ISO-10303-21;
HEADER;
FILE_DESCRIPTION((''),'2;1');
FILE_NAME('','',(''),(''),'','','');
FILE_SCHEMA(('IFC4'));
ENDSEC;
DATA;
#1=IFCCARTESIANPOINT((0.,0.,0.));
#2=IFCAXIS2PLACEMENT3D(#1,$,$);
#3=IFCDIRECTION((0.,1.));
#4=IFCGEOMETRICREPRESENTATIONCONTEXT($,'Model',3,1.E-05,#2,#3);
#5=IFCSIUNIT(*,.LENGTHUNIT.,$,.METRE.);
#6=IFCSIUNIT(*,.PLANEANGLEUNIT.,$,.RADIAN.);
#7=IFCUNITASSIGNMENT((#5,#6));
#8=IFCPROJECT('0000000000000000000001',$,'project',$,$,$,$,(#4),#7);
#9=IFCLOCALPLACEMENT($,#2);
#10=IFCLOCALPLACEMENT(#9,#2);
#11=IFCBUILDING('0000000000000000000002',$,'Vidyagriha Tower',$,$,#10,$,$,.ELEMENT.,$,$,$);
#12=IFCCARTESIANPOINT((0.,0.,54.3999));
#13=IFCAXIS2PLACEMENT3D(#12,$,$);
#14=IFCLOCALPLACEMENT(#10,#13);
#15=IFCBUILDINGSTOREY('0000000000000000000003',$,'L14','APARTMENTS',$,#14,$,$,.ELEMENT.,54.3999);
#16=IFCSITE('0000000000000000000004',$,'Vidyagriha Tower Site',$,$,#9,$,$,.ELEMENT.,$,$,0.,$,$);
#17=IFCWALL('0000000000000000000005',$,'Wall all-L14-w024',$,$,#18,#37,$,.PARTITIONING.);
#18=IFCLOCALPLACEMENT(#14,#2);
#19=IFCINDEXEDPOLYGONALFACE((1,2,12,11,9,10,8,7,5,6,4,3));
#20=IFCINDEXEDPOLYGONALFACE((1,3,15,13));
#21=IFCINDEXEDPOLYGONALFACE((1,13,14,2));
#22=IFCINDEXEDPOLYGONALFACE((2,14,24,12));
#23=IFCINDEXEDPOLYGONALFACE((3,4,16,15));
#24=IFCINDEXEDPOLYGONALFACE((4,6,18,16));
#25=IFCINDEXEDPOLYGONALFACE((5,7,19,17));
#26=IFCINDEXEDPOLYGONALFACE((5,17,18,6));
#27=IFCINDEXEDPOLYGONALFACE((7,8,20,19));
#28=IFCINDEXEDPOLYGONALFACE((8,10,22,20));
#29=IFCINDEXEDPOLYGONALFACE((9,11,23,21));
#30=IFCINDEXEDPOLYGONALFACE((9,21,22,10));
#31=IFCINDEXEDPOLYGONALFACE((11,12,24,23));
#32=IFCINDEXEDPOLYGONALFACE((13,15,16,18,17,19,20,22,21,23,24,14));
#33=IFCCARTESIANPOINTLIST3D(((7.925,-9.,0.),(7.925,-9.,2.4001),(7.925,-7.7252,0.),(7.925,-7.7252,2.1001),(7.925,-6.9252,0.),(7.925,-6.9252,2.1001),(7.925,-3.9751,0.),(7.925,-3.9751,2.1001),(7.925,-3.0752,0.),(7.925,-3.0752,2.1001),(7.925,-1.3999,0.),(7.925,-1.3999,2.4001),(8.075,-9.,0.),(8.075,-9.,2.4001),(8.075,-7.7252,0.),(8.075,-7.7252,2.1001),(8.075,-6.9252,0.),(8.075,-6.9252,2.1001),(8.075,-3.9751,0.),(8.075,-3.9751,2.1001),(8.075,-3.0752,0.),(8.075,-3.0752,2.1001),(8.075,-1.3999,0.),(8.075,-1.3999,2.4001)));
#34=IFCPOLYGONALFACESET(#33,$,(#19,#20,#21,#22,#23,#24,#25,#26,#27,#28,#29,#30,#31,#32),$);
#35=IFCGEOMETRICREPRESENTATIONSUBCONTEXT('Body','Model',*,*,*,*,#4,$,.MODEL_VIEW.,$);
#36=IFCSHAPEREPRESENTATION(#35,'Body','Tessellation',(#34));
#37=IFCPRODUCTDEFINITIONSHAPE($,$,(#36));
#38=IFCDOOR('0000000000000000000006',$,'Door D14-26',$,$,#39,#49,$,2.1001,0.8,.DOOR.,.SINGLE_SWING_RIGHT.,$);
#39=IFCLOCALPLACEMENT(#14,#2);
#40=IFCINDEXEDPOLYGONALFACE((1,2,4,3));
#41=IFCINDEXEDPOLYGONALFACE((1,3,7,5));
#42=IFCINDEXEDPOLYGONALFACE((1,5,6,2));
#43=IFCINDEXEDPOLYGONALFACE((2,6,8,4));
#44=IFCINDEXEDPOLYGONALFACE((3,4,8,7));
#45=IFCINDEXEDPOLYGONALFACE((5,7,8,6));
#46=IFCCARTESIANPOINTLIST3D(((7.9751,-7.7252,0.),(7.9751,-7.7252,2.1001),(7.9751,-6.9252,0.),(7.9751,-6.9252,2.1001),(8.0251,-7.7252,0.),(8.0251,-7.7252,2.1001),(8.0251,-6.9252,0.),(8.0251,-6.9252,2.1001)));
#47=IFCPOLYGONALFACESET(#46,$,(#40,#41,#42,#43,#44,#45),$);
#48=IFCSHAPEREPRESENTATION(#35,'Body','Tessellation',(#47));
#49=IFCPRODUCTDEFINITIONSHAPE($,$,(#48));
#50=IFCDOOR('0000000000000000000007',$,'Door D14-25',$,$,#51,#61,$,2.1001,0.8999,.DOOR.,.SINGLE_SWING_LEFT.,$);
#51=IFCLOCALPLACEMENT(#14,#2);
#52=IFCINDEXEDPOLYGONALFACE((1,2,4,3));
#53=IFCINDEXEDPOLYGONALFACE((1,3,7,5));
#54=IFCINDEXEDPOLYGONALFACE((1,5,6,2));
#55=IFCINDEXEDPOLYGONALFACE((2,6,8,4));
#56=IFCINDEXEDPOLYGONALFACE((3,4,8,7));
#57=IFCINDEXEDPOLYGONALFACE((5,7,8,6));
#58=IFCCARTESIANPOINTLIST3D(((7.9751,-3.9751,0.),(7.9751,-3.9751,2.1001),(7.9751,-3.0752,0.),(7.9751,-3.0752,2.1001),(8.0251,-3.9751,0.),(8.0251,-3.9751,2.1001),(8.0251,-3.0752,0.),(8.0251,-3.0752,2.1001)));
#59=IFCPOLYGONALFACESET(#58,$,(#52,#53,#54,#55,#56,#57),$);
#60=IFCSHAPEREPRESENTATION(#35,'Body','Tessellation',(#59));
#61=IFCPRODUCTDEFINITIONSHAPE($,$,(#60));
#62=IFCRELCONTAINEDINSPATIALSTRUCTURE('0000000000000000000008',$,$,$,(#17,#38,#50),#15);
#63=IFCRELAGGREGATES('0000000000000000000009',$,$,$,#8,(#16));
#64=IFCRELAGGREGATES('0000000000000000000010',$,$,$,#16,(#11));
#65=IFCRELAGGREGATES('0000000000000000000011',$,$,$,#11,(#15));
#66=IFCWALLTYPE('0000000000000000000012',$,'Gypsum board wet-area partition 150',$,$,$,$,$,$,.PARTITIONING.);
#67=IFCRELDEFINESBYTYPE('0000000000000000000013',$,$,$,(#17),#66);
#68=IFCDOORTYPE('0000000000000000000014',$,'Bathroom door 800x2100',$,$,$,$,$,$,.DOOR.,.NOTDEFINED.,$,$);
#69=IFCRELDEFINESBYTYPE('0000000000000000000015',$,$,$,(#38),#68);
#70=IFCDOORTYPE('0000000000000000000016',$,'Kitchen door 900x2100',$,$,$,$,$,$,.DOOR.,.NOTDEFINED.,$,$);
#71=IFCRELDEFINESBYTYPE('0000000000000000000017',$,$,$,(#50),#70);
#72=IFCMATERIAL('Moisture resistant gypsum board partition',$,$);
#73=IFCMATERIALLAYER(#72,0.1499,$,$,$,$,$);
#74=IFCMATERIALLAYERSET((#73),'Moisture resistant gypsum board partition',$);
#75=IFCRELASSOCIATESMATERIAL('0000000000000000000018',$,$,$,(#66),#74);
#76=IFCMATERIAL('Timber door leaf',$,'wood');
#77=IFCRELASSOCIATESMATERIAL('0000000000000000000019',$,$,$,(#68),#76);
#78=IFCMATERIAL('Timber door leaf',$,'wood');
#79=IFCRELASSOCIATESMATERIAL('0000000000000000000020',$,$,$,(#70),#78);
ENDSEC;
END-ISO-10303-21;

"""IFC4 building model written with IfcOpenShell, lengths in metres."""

from ifc_helpers import new_model, si_unit, direction, frame, frame_2d, origin, place, context, subcontext, project, spatial, rectangle, extrude, material, layer, layer_set, type_object, element, fill, save


model = new_model("IFC4")

# Units and contexts
model_context = context("Model", 3, precision=1e-05, world=origin(), true_north=direction((0.0, 1.0)))
body_context = subcontext(model_context, "Body", "Model", "MODEL_VIEW")
ifc_project = project(units=[si_unit("LENGTHUNIT", "METRE"), si_unit("PLANEANGLEUNIT", "RADIAN")], contexts=[model_context])

# Site, building, storey
site_placement = place(None, origin())
site = spatial("IfcSite", under=ifc_project, at=site_placement, Name="Vidyagriha Tower Site", CompositionType="ELEMENT", RefElevation=0.0)
building_placement = place(site_placement, origin())
building = spatial("IfcBuilding", under=site, at=building_placement, Name="Vidyagriha Tower", CompositionType="ELEMENT")
storey_placement = place(building_placement, frame((0.0, 0.0, 54.3999)))
storey = spatial("IfcBuildingStorey", under=building, at=storey_placement, Name="L14", Description="APARTMENTS", CompositionType="ELEMENT", Elevation=54.3999)

# Wall, openings, doors
ifc_material_1 = material(Name="Moisture resistant gypsum board partition")
ifc_layer_1 = layer(ifc_material_1, 0.1499)
ifc_layer_set_1 = layer_set([ifc_layer_1], Name="Moisture resistant gypsum board partition")
wall_type_1 = type_object("IfcWallType", Name="Gypsum board wet-area partition 150", PredefinedType="PARTITIONING", material=ifc_layer_set_1)
wall_1_placement = place(storey_placement, frame((8.0, -9.0, 0.0), z_axis=(0.0, 0.0, 1.0), x_axis=(0.0, 1.0, 0.0)))
wall_1 = element("IfcWall", 1, at=wall_1_placement, inside=storey, type_object=wall_type_1, Name="Wall all-L14-w024", PredefinedType="PARTITIONING", context=body_context, shape_type="SweptSolid", body=[
    extrude(rectangle(XDim=7.6001, YDim=0.1499, at=frame_2d((3.8, 0.0))), origin(), (0.0, 0.0, 1.0), 2.4001),
])
opening_1_placement = place(wall_1_placement, frame((5.0249, 0.0, 0.0)))
opening_1 = element("IfcOpeningElement", 2, at=opening_1_placement, cuts=wall_1, PredefinedType="OPENING", context=body_context, shape_type="SweptSolid", body=[
    extrude(rectangle(XDim=0.8999, YDim=2.1001, at=frame_2d((0.45, 1.05))), frame((0.0, 0.085, 0.0), z_axis=(0.0, -1.0, 0.0), x_axis=(1.0, 0.0, 0.0)), (0.0, 0.0, 1.0), 0.1699),
])
opening_2_placement = place(wall_1_placement, frame((1.2749, 0.0, 0.0)))
opening_2 = element("IfcOpeningElement", 3, at=opening_2_placement, cuts=wall_1, PredefinedType="OPENING", context=body_context, shape_type="SweptSolid", body=[
    extrude(rectangle(XDim=0.8, YDim=2.1001, at=frame_2d((0.3999, 1.05))), frame((0.0, 0.085, 0.0), z_axis=(0.0, -1.0, 0.0), x_axis=(1.0, 0.0, 0.0)), (0.0, 0.0, 1.0), 0.1699),
])
ifc_material_2 = material(Name="Timber door leaf", Category="wood")
door_type_1 = type_object("IfcDoorType", Name="Bathroom door 800x2100", OperationType="NOTDEFINED", PredefinedType="DOOR", material=ifc_material_2)
door_1_placement = place(opening_2_placement, origin())
door_1 = element("IfcDoor", 4, at=door_1_placement, inside=storey, type_object=door_type_1, Name="Door D14-26", OperationType="SINGLE_SWING_RIGHT", OverallHeight=2.1001, OverallWidth=0.8, PredefinedType="DOOR", context=body_context, shape_type="SweptSolid", body=[
    extrude(rectangle(XDim=0.8, YDim=2.1001, at=frame_2d((0.3999, 1.05))), frame((0.0, 0.0249, 0.0), z_axis=(0.0, -1.0, 0.0), x_axis=(1.0, 0.0, 0.0)), (0.0, 0.0, 1.0), 0.05),
])
fill(opening_2, door_1)
ifc_material_3 = material(Name="Timber door leaf", Category="wood")
door_type_2 = type_object("IfcDoorType", Name="Kitchen door 900x2100", OperationType="NOTDEFINED", PredefinedType="DOOR", material=ifc_material_3)
door_2_placement = place(opening_1_placement, origin())
door_2 = element("IfcDoor", 5, at=door_2_placement, inside=storey, type_object=door_type_2, Name="Door D14-25", OperationType="SINGLE_SWING_LEFT", OverallHeight=2.1001, OverallWidth=0.8999, PredefinedType="DOOR", context=body_context, shape_type="SweptSolid", body=[
    extrude(rectangle(XDim=0.8999, YDim=2.1001, at=frame_2d((0.45, 1.05))), frame((0.0, 0.0249, 0.0), z_axis=(0.0, -1.0, 0.0), x_axis=(1.0, 0.0, 0.0)), (0.0, 0.0, 1.0), 0.05),
])
fill(opening_1, door_2)

save(model, "model.ifc")
